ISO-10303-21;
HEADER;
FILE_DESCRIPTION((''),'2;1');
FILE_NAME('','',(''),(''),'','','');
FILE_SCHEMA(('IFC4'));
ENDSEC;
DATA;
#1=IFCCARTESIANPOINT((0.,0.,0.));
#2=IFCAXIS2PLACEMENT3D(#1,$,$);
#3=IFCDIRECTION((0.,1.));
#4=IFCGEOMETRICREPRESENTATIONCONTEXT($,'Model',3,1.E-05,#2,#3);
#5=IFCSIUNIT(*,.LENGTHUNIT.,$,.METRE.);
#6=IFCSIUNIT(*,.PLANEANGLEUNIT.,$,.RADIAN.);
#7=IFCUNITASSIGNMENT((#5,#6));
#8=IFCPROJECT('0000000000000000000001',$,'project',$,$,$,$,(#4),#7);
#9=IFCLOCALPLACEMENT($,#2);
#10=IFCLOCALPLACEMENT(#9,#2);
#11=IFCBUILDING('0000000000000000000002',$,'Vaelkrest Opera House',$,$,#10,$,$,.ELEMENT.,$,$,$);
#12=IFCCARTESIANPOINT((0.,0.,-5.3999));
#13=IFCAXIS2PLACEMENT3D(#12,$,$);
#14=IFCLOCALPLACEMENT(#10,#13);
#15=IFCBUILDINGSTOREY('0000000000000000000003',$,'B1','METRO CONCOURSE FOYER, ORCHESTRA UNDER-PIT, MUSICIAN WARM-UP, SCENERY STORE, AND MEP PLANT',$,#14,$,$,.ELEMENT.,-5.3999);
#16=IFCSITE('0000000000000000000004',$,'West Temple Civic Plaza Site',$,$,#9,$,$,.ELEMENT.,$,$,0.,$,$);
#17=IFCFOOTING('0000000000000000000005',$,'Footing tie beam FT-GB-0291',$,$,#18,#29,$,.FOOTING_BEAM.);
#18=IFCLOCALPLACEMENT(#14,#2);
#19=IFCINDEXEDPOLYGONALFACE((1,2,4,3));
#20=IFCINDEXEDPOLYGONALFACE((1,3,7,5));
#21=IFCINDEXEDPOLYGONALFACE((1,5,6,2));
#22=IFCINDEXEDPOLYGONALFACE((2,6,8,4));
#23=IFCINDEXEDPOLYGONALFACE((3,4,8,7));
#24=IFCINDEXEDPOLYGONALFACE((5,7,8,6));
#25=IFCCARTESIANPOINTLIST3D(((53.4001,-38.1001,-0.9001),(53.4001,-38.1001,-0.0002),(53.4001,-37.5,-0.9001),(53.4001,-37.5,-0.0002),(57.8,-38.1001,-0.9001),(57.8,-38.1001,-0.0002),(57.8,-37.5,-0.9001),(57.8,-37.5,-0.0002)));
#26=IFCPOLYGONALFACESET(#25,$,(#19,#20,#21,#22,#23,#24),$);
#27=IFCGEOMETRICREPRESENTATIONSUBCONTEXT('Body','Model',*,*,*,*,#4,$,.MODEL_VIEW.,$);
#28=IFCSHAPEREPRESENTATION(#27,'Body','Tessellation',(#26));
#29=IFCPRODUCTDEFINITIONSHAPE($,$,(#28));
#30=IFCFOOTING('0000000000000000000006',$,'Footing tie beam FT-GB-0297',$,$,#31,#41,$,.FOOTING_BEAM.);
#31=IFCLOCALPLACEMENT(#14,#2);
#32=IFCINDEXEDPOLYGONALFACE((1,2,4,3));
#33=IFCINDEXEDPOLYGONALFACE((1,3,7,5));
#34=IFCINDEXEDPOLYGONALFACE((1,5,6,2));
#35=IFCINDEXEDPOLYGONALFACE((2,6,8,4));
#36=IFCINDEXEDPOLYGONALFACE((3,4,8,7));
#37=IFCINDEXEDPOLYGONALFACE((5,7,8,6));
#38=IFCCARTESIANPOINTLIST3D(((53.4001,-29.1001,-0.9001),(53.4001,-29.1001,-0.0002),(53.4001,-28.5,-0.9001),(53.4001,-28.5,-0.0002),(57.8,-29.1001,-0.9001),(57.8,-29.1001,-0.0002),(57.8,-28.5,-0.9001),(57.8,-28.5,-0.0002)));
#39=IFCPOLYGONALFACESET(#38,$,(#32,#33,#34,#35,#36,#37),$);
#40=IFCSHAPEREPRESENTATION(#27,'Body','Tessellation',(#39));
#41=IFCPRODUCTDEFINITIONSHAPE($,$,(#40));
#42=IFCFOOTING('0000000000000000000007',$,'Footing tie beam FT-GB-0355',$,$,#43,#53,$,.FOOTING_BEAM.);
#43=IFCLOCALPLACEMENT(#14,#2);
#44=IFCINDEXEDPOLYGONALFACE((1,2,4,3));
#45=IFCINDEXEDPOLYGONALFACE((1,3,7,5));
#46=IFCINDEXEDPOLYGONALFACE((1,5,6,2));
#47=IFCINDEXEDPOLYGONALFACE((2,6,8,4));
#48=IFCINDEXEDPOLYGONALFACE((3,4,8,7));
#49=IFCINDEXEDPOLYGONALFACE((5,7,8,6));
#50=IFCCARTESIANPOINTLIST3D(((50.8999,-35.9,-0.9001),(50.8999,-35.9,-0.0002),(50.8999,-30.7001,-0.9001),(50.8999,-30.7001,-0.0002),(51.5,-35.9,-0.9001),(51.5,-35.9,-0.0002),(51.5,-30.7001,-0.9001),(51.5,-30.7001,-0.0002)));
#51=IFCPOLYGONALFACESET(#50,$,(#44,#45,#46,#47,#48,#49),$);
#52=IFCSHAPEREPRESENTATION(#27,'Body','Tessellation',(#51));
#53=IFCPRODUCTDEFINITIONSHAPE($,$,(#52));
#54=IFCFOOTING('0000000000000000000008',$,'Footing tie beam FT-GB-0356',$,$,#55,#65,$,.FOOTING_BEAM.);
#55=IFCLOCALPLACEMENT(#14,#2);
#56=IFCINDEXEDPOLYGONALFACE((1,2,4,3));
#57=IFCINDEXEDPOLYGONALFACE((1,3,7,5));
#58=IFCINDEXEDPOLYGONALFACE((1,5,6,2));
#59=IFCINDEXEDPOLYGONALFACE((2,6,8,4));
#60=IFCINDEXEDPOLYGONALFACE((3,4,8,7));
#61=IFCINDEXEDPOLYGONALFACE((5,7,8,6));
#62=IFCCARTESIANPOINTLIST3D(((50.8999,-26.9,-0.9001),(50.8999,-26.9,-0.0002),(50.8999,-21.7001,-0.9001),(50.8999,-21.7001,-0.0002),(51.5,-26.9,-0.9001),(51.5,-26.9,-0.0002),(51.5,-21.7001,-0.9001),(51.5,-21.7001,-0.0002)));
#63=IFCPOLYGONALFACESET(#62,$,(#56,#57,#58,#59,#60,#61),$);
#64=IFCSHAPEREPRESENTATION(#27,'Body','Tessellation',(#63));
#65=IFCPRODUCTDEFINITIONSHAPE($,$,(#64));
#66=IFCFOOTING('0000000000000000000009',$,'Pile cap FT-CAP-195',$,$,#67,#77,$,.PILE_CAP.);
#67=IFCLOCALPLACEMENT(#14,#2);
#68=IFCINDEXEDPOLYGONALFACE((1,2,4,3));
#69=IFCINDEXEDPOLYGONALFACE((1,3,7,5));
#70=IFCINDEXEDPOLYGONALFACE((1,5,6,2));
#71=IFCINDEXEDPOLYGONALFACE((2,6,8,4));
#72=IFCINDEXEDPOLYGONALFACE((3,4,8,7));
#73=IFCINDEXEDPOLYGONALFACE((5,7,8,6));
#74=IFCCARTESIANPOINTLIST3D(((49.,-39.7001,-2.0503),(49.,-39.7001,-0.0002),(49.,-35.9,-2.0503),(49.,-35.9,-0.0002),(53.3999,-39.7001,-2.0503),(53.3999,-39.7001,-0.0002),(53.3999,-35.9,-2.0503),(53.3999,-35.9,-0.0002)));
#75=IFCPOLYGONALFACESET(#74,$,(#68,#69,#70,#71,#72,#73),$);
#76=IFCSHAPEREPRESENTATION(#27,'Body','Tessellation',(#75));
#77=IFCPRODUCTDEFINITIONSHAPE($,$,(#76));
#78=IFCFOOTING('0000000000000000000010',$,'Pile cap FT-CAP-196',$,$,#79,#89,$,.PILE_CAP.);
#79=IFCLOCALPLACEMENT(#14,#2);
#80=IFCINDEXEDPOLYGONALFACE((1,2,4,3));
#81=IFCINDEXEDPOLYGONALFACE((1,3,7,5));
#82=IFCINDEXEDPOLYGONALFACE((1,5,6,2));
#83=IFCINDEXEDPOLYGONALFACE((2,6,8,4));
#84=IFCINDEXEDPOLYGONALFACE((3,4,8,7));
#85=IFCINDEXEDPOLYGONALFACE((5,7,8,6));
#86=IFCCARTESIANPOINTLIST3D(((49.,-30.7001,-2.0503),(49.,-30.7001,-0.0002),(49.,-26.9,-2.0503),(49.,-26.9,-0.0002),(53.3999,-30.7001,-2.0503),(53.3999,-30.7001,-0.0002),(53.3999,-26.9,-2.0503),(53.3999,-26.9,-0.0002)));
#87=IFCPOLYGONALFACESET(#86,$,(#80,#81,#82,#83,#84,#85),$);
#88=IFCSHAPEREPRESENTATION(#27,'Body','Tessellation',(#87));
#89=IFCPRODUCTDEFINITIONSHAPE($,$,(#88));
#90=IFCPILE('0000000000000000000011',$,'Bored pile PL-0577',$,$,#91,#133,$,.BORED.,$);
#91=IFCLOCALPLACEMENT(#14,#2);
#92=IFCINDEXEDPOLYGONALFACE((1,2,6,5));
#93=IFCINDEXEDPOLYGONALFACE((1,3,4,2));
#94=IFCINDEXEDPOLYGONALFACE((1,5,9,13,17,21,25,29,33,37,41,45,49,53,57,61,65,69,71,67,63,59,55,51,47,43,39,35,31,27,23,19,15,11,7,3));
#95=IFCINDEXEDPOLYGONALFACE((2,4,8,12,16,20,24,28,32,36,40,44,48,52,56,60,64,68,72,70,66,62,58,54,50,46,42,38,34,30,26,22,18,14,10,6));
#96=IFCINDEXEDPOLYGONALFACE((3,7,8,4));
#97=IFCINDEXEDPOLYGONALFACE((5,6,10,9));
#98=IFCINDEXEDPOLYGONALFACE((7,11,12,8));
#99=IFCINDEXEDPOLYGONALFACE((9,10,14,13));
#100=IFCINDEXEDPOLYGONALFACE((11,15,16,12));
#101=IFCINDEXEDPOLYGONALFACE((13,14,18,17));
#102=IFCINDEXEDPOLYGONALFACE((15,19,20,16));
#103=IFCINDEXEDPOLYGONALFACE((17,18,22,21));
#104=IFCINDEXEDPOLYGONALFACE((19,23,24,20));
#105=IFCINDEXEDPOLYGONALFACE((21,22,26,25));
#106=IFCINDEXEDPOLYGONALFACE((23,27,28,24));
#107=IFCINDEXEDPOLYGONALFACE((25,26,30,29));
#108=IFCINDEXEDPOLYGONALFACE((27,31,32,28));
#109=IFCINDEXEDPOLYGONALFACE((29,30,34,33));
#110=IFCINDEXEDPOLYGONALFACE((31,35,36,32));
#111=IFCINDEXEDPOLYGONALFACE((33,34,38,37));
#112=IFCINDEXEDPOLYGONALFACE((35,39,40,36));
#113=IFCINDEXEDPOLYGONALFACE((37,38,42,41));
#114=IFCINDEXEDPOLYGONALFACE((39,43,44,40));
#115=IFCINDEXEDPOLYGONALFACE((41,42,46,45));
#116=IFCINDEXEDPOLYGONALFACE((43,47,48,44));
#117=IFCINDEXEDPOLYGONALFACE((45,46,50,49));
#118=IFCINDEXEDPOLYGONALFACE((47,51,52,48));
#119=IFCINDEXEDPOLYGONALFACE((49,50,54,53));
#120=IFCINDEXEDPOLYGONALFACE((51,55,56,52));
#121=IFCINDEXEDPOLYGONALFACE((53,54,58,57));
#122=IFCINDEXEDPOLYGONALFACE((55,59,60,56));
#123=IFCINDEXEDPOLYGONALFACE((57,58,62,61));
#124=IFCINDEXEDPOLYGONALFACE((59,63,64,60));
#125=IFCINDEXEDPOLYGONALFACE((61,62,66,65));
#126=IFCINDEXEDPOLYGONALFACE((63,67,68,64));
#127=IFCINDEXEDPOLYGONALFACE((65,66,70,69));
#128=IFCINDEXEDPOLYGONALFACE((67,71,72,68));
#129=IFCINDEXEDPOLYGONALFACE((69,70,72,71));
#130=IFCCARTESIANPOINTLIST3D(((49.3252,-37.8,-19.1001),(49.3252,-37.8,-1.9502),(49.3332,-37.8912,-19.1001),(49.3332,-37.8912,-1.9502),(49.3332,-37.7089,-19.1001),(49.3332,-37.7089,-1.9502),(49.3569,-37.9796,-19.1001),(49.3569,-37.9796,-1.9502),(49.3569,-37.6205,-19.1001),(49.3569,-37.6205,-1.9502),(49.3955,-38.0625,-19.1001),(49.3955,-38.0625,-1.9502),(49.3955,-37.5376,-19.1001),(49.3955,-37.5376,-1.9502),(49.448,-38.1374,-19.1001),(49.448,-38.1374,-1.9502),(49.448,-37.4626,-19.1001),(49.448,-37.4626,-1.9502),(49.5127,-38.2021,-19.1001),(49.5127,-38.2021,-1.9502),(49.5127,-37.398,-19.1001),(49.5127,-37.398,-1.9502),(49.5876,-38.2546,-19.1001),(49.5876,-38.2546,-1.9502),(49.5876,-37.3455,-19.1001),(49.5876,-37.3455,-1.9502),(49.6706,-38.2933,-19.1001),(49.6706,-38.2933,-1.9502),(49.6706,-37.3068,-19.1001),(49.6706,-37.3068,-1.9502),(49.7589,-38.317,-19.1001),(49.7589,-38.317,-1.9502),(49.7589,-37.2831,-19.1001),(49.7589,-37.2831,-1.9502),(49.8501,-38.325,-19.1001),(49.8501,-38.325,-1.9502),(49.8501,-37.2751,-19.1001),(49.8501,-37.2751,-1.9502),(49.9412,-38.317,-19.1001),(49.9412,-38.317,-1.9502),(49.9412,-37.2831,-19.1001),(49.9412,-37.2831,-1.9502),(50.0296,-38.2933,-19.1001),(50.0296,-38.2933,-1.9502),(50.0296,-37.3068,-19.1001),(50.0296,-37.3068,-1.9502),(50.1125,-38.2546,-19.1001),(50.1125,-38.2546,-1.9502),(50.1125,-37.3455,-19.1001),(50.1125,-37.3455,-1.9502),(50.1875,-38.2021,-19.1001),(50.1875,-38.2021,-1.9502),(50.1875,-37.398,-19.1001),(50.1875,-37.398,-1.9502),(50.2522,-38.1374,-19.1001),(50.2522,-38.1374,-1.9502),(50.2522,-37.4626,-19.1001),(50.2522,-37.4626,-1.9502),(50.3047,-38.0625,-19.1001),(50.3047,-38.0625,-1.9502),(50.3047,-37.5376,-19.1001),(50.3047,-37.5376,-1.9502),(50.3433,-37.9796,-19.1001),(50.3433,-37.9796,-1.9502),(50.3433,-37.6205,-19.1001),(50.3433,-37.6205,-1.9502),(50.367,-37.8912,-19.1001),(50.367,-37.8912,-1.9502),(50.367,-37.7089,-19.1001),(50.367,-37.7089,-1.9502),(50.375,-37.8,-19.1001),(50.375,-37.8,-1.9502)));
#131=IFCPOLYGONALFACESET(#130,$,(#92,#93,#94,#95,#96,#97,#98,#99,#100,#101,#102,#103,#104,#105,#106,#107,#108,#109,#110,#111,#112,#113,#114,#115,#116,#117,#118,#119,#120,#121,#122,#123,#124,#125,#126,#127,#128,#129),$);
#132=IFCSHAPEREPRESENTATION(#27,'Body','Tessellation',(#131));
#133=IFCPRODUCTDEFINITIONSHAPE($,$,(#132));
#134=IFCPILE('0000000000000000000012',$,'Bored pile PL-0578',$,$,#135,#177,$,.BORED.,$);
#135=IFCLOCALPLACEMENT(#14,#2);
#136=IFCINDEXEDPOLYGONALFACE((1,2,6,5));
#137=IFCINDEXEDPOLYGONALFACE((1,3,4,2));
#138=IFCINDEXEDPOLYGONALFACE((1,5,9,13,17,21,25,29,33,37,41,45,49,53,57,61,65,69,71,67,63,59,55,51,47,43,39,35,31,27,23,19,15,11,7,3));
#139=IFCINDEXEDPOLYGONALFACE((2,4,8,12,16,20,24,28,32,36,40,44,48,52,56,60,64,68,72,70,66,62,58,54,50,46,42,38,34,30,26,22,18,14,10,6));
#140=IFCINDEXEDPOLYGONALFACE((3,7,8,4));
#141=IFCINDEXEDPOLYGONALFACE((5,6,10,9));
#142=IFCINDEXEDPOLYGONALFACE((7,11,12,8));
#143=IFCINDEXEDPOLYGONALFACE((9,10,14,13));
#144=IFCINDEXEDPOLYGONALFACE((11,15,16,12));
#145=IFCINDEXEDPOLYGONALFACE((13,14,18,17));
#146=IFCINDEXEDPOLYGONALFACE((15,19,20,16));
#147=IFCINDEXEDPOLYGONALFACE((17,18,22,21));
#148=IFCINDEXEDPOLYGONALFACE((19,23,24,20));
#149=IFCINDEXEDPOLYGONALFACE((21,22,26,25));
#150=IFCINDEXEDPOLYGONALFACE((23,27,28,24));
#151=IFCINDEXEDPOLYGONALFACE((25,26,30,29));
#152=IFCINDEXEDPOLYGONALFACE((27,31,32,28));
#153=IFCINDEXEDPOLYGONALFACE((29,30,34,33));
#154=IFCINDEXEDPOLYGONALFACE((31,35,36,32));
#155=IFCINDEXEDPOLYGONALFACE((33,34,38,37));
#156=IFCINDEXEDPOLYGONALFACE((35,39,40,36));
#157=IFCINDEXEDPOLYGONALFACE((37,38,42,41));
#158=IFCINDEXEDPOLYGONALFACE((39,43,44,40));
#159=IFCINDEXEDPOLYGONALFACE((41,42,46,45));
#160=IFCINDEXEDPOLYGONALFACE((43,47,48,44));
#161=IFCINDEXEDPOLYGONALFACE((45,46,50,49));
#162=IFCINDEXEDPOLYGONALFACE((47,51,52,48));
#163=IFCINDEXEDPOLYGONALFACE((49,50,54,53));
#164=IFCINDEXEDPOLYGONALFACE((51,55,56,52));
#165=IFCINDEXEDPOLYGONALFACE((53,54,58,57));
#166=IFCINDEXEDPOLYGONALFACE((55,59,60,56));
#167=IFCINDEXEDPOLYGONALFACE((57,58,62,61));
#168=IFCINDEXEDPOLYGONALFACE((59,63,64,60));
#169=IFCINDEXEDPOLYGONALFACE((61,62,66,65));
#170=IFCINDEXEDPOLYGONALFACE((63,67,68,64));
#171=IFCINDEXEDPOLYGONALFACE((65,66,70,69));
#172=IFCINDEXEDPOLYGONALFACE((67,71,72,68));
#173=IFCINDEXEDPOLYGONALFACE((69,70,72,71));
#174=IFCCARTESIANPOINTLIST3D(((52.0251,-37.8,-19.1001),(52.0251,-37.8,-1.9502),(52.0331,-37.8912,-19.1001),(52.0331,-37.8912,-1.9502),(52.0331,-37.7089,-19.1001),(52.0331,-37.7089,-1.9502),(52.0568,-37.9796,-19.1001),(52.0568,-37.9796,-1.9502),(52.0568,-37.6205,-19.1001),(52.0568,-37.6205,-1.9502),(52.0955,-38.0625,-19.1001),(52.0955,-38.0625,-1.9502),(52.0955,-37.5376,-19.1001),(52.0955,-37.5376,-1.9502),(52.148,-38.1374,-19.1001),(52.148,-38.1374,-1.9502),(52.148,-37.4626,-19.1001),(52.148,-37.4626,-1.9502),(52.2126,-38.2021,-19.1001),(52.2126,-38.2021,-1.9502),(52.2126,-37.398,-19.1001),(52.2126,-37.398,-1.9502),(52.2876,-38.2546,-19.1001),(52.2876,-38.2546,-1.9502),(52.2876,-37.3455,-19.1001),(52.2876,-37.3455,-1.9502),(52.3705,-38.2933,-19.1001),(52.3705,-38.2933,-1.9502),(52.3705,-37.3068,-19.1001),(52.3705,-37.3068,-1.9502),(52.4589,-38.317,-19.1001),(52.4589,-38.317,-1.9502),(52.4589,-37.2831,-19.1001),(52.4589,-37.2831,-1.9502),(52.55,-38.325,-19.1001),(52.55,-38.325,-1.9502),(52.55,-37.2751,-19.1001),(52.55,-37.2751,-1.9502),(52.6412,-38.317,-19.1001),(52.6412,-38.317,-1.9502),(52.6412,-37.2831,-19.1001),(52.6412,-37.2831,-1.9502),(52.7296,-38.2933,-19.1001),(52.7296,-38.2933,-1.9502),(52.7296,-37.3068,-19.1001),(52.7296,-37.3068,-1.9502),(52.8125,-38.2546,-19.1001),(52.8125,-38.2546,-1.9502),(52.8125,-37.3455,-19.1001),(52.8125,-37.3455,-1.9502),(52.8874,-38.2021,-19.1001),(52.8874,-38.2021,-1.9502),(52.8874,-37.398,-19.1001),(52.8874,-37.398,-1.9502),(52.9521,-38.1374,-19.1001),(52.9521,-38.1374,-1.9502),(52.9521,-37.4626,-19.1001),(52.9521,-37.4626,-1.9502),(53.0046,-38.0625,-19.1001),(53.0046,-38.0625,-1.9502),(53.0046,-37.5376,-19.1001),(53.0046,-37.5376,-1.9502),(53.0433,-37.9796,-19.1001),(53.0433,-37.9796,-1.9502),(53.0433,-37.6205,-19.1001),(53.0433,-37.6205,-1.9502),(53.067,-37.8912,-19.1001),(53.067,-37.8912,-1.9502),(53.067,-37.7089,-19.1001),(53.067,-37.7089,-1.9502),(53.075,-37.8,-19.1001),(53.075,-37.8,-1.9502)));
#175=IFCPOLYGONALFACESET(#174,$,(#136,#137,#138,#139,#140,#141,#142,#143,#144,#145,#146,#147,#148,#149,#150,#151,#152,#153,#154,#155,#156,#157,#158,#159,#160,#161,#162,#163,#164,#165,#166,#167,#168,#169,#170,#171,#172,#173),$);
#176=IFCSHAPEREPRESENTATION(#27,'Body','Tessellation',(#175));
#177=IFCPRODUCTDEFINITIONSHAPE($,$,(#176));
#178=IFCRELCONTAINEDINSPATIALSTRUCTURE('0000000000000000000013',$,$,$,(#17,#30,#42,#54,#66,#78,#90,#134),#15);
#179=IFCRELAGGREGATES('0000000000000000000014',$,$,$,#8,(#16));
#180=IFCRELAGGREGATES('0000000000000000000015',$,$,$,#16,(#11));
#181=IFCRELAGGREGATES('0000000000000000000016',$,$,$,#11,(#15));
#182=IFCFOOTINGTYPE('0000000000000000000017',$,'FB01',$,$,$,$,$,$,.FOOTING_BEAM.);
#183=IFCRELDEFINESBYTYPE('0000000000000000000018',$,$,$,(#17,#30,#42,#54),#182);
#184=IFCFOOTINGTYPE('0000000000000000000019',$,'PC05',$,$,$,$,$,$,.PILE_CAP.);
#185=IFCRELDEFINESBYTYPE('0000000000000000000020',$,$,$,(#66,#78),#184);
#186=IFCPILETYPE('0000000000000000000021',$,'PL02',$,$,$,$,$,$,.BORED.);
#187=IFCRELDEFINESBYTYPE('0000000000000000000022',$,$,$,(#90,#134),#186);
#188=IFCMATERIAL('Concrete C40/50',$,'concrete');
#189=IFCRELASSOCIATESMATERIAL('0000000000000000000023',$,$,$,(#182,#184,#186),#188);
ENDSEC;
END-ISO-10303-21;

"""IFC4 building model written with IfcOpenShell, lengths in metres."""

from ifc_helpers import new_model, si_unit, direction, frame, origin, origin_2d, place, context, subcontext, project, spatial, rectangle, circle, extrude, material, material_profile, profile_set, type_object, element, save


model = new_model("IFC4")

# Units and contexts
model_context = context("Model", 3, precision=1e-05, world=origin(), true_north=direction((0.0, 1.0)))
body_context = subcontext(model_context, "Body", "Model", "MODEL_VIEW")
ifc_project = project(units=[si_unit("LENGTHUNIT", "METRE"), si_unit("PLANEANGLEUNIT", "RADIAN")], contexts=[model_context])

# Site, building, storey
site_placement = place(None, origin())
site = spatial("IfcSite", under=ifc_project, at=site_placement, Name="West Temple Civic Plaza Site", CompositionType="ELEMENT", RefElevation=0.0)
building_placement = place(site_placement, origin())
building = spatial("IfcBuilding", under=site, at=building_placement, Name="Vaelkrest Opera House", CompositionType="ELEMENT")
storey_placement = place(building_placement, frame((0.0, 0.0, -5.3999)))
storey = spatial("IfcBuildingStorey", under=building, at=storey_placement, Name="B1", Description="METRO CONCOURSE FOYER, ORCHESTRA UNDER-PIT, MUSICIAN WARM-UP, SCENERY STORE, AND MEP PLANT", CompositionType="ELEMENT", Elevation=-5.3999)

# Footings
ifc_material_1 = material(Name="Concrete C40/50", Category="concrete")
footing_type_1 = type_object("IfcFootingType", Name="FB01", PredefinedType="FOOTING_BEAM", material=ifc_material_1)
for number, where, z_axis, x_axis, name in (
    (1, (55.6001, -37.8, -0.9001), (0.0, 0.0, 1.0), (1.0, 0.0, 0.0), "Footing tie beam FT-GB-0291"),
    (2, (55.6001, -28.8, -0.9001), (0.0, 0.0, 1.0), (1.0, 0.0, 0.0), "Footing tie beam FT-GB-0297"),
):
    element("IfcFooting", number, at=place(storey_placement, frame(where, z_axis=z_axis, x_axis=x_axis)), inside=storey, type_object=footing_type_1, Name=name, PredefinedType="FOOTING_BEAM", context=body_context, shape_type="SweptSolid", body=[
        extrude(rectangle(XDim=4.3999, YDim=0.6001, at=origin_2d()), origin(), (0.0, 0.0, 1.0), 0.8999),
    ])
for number, where, z_axis, x_axis, name in (
    (3, (51.2, -33.3, -0.9001), (0.0, 0.0, 1.0), (0.0, 1.0, 0.0), "Footing tie beam FT-GB-0355"),
    (4, (51.2, -24.3, -0.9001), (0.0, 0.0, 1.0), (0.0, 1.0, 0.0), "Footing tie beam FT-GB-0356"),
):
    element("IfcFooting", number, at=place(storey_placement, frame(where, z_axis=z_axis, x_axis=x_axis)), inside=storey, type_object=footing_type_1, Name=name, PredefinedType="FOOTING_BEAM", context=body_context, shape_type="SweptSolid", body=[
        extrude(rectangle(XDim=5.2, YDim=0.6001, at=origin_2d()), origin(), (0.0, 0.0, 1.0), 0.8999),
    ])
footing_type_2 = type_object("IfcFootingType", Name="PC05", PredefinedType="PILE_CAP", material=ifc_material_1)
for number, where, z_axis, x_axis, name in (
    (5, (51.2, -37.8, -2.0503), (0.0, 0.0, 1.0), (1.0, 0.0, 0.0), "Pile cap FT-CAP-195"),
    (6, (51.2, -28.8, -2.0503), (0.0, 0.0, 1.0), (1.0, 0.0, 0.0), "Pile cap FT-CAP-196"),
):
    element("IfcFooting", number, at=place(storey_placement, frame(where, z_axis=z_axis, x_axis=x_axis)), inside=storey, type_object=footing_type_2, Name=name, PredefinedType="PILE_CAP", context=body_context, shape_type="SweptSolid", body=[
        extrude(rectangle(XDim=4.3999, YDim=3.8, at=origin_2d()), origin(), (0.0, 0.0, 1.0), 2.05),
    ])

# Piles
ifc_material_profile_1 = material_profile(ifc_material_1, circle(Radius=0.5249, at=origin_2d()), Name="PILE1050")
ifc_profile_set_1 = profile_set([ifc_material_profile_1], Name="Concrete C40/50")
pile_type = type_object("IfcPileType", Name="PL02", PredefinedType="BORED", material=ifc_profile_set_1)
for number, where, z_axis, x_axis, name in (
    (7, (49.8501, -37.8, -1.9502), (0.0, 0.0, -1.0), (1.0, 0.0, 0.0), "Bored pile PL-0577"),
    (8, (52.55, -37.8, -1.9502), (0.0, 0.0, -1.0), (1.0, 0.0, 0.0), "Bored pile PL-0578"),
):
    element("IfcPile", number, at=place(storey_placement, frame(where, z_axis=z_axis, x_axis=x_axis)), inside=storey, type_object=pile_type, Name=name, PredefinedType="BORED", context=body_context, shape_type="SweptSolid", body=[
        extrude(circle(Radius=0.5249, at=origin_2d()), origin(), (0.0, 0.0, 1.0), 17.1499),
    ])

save(model, "model.ifc")
